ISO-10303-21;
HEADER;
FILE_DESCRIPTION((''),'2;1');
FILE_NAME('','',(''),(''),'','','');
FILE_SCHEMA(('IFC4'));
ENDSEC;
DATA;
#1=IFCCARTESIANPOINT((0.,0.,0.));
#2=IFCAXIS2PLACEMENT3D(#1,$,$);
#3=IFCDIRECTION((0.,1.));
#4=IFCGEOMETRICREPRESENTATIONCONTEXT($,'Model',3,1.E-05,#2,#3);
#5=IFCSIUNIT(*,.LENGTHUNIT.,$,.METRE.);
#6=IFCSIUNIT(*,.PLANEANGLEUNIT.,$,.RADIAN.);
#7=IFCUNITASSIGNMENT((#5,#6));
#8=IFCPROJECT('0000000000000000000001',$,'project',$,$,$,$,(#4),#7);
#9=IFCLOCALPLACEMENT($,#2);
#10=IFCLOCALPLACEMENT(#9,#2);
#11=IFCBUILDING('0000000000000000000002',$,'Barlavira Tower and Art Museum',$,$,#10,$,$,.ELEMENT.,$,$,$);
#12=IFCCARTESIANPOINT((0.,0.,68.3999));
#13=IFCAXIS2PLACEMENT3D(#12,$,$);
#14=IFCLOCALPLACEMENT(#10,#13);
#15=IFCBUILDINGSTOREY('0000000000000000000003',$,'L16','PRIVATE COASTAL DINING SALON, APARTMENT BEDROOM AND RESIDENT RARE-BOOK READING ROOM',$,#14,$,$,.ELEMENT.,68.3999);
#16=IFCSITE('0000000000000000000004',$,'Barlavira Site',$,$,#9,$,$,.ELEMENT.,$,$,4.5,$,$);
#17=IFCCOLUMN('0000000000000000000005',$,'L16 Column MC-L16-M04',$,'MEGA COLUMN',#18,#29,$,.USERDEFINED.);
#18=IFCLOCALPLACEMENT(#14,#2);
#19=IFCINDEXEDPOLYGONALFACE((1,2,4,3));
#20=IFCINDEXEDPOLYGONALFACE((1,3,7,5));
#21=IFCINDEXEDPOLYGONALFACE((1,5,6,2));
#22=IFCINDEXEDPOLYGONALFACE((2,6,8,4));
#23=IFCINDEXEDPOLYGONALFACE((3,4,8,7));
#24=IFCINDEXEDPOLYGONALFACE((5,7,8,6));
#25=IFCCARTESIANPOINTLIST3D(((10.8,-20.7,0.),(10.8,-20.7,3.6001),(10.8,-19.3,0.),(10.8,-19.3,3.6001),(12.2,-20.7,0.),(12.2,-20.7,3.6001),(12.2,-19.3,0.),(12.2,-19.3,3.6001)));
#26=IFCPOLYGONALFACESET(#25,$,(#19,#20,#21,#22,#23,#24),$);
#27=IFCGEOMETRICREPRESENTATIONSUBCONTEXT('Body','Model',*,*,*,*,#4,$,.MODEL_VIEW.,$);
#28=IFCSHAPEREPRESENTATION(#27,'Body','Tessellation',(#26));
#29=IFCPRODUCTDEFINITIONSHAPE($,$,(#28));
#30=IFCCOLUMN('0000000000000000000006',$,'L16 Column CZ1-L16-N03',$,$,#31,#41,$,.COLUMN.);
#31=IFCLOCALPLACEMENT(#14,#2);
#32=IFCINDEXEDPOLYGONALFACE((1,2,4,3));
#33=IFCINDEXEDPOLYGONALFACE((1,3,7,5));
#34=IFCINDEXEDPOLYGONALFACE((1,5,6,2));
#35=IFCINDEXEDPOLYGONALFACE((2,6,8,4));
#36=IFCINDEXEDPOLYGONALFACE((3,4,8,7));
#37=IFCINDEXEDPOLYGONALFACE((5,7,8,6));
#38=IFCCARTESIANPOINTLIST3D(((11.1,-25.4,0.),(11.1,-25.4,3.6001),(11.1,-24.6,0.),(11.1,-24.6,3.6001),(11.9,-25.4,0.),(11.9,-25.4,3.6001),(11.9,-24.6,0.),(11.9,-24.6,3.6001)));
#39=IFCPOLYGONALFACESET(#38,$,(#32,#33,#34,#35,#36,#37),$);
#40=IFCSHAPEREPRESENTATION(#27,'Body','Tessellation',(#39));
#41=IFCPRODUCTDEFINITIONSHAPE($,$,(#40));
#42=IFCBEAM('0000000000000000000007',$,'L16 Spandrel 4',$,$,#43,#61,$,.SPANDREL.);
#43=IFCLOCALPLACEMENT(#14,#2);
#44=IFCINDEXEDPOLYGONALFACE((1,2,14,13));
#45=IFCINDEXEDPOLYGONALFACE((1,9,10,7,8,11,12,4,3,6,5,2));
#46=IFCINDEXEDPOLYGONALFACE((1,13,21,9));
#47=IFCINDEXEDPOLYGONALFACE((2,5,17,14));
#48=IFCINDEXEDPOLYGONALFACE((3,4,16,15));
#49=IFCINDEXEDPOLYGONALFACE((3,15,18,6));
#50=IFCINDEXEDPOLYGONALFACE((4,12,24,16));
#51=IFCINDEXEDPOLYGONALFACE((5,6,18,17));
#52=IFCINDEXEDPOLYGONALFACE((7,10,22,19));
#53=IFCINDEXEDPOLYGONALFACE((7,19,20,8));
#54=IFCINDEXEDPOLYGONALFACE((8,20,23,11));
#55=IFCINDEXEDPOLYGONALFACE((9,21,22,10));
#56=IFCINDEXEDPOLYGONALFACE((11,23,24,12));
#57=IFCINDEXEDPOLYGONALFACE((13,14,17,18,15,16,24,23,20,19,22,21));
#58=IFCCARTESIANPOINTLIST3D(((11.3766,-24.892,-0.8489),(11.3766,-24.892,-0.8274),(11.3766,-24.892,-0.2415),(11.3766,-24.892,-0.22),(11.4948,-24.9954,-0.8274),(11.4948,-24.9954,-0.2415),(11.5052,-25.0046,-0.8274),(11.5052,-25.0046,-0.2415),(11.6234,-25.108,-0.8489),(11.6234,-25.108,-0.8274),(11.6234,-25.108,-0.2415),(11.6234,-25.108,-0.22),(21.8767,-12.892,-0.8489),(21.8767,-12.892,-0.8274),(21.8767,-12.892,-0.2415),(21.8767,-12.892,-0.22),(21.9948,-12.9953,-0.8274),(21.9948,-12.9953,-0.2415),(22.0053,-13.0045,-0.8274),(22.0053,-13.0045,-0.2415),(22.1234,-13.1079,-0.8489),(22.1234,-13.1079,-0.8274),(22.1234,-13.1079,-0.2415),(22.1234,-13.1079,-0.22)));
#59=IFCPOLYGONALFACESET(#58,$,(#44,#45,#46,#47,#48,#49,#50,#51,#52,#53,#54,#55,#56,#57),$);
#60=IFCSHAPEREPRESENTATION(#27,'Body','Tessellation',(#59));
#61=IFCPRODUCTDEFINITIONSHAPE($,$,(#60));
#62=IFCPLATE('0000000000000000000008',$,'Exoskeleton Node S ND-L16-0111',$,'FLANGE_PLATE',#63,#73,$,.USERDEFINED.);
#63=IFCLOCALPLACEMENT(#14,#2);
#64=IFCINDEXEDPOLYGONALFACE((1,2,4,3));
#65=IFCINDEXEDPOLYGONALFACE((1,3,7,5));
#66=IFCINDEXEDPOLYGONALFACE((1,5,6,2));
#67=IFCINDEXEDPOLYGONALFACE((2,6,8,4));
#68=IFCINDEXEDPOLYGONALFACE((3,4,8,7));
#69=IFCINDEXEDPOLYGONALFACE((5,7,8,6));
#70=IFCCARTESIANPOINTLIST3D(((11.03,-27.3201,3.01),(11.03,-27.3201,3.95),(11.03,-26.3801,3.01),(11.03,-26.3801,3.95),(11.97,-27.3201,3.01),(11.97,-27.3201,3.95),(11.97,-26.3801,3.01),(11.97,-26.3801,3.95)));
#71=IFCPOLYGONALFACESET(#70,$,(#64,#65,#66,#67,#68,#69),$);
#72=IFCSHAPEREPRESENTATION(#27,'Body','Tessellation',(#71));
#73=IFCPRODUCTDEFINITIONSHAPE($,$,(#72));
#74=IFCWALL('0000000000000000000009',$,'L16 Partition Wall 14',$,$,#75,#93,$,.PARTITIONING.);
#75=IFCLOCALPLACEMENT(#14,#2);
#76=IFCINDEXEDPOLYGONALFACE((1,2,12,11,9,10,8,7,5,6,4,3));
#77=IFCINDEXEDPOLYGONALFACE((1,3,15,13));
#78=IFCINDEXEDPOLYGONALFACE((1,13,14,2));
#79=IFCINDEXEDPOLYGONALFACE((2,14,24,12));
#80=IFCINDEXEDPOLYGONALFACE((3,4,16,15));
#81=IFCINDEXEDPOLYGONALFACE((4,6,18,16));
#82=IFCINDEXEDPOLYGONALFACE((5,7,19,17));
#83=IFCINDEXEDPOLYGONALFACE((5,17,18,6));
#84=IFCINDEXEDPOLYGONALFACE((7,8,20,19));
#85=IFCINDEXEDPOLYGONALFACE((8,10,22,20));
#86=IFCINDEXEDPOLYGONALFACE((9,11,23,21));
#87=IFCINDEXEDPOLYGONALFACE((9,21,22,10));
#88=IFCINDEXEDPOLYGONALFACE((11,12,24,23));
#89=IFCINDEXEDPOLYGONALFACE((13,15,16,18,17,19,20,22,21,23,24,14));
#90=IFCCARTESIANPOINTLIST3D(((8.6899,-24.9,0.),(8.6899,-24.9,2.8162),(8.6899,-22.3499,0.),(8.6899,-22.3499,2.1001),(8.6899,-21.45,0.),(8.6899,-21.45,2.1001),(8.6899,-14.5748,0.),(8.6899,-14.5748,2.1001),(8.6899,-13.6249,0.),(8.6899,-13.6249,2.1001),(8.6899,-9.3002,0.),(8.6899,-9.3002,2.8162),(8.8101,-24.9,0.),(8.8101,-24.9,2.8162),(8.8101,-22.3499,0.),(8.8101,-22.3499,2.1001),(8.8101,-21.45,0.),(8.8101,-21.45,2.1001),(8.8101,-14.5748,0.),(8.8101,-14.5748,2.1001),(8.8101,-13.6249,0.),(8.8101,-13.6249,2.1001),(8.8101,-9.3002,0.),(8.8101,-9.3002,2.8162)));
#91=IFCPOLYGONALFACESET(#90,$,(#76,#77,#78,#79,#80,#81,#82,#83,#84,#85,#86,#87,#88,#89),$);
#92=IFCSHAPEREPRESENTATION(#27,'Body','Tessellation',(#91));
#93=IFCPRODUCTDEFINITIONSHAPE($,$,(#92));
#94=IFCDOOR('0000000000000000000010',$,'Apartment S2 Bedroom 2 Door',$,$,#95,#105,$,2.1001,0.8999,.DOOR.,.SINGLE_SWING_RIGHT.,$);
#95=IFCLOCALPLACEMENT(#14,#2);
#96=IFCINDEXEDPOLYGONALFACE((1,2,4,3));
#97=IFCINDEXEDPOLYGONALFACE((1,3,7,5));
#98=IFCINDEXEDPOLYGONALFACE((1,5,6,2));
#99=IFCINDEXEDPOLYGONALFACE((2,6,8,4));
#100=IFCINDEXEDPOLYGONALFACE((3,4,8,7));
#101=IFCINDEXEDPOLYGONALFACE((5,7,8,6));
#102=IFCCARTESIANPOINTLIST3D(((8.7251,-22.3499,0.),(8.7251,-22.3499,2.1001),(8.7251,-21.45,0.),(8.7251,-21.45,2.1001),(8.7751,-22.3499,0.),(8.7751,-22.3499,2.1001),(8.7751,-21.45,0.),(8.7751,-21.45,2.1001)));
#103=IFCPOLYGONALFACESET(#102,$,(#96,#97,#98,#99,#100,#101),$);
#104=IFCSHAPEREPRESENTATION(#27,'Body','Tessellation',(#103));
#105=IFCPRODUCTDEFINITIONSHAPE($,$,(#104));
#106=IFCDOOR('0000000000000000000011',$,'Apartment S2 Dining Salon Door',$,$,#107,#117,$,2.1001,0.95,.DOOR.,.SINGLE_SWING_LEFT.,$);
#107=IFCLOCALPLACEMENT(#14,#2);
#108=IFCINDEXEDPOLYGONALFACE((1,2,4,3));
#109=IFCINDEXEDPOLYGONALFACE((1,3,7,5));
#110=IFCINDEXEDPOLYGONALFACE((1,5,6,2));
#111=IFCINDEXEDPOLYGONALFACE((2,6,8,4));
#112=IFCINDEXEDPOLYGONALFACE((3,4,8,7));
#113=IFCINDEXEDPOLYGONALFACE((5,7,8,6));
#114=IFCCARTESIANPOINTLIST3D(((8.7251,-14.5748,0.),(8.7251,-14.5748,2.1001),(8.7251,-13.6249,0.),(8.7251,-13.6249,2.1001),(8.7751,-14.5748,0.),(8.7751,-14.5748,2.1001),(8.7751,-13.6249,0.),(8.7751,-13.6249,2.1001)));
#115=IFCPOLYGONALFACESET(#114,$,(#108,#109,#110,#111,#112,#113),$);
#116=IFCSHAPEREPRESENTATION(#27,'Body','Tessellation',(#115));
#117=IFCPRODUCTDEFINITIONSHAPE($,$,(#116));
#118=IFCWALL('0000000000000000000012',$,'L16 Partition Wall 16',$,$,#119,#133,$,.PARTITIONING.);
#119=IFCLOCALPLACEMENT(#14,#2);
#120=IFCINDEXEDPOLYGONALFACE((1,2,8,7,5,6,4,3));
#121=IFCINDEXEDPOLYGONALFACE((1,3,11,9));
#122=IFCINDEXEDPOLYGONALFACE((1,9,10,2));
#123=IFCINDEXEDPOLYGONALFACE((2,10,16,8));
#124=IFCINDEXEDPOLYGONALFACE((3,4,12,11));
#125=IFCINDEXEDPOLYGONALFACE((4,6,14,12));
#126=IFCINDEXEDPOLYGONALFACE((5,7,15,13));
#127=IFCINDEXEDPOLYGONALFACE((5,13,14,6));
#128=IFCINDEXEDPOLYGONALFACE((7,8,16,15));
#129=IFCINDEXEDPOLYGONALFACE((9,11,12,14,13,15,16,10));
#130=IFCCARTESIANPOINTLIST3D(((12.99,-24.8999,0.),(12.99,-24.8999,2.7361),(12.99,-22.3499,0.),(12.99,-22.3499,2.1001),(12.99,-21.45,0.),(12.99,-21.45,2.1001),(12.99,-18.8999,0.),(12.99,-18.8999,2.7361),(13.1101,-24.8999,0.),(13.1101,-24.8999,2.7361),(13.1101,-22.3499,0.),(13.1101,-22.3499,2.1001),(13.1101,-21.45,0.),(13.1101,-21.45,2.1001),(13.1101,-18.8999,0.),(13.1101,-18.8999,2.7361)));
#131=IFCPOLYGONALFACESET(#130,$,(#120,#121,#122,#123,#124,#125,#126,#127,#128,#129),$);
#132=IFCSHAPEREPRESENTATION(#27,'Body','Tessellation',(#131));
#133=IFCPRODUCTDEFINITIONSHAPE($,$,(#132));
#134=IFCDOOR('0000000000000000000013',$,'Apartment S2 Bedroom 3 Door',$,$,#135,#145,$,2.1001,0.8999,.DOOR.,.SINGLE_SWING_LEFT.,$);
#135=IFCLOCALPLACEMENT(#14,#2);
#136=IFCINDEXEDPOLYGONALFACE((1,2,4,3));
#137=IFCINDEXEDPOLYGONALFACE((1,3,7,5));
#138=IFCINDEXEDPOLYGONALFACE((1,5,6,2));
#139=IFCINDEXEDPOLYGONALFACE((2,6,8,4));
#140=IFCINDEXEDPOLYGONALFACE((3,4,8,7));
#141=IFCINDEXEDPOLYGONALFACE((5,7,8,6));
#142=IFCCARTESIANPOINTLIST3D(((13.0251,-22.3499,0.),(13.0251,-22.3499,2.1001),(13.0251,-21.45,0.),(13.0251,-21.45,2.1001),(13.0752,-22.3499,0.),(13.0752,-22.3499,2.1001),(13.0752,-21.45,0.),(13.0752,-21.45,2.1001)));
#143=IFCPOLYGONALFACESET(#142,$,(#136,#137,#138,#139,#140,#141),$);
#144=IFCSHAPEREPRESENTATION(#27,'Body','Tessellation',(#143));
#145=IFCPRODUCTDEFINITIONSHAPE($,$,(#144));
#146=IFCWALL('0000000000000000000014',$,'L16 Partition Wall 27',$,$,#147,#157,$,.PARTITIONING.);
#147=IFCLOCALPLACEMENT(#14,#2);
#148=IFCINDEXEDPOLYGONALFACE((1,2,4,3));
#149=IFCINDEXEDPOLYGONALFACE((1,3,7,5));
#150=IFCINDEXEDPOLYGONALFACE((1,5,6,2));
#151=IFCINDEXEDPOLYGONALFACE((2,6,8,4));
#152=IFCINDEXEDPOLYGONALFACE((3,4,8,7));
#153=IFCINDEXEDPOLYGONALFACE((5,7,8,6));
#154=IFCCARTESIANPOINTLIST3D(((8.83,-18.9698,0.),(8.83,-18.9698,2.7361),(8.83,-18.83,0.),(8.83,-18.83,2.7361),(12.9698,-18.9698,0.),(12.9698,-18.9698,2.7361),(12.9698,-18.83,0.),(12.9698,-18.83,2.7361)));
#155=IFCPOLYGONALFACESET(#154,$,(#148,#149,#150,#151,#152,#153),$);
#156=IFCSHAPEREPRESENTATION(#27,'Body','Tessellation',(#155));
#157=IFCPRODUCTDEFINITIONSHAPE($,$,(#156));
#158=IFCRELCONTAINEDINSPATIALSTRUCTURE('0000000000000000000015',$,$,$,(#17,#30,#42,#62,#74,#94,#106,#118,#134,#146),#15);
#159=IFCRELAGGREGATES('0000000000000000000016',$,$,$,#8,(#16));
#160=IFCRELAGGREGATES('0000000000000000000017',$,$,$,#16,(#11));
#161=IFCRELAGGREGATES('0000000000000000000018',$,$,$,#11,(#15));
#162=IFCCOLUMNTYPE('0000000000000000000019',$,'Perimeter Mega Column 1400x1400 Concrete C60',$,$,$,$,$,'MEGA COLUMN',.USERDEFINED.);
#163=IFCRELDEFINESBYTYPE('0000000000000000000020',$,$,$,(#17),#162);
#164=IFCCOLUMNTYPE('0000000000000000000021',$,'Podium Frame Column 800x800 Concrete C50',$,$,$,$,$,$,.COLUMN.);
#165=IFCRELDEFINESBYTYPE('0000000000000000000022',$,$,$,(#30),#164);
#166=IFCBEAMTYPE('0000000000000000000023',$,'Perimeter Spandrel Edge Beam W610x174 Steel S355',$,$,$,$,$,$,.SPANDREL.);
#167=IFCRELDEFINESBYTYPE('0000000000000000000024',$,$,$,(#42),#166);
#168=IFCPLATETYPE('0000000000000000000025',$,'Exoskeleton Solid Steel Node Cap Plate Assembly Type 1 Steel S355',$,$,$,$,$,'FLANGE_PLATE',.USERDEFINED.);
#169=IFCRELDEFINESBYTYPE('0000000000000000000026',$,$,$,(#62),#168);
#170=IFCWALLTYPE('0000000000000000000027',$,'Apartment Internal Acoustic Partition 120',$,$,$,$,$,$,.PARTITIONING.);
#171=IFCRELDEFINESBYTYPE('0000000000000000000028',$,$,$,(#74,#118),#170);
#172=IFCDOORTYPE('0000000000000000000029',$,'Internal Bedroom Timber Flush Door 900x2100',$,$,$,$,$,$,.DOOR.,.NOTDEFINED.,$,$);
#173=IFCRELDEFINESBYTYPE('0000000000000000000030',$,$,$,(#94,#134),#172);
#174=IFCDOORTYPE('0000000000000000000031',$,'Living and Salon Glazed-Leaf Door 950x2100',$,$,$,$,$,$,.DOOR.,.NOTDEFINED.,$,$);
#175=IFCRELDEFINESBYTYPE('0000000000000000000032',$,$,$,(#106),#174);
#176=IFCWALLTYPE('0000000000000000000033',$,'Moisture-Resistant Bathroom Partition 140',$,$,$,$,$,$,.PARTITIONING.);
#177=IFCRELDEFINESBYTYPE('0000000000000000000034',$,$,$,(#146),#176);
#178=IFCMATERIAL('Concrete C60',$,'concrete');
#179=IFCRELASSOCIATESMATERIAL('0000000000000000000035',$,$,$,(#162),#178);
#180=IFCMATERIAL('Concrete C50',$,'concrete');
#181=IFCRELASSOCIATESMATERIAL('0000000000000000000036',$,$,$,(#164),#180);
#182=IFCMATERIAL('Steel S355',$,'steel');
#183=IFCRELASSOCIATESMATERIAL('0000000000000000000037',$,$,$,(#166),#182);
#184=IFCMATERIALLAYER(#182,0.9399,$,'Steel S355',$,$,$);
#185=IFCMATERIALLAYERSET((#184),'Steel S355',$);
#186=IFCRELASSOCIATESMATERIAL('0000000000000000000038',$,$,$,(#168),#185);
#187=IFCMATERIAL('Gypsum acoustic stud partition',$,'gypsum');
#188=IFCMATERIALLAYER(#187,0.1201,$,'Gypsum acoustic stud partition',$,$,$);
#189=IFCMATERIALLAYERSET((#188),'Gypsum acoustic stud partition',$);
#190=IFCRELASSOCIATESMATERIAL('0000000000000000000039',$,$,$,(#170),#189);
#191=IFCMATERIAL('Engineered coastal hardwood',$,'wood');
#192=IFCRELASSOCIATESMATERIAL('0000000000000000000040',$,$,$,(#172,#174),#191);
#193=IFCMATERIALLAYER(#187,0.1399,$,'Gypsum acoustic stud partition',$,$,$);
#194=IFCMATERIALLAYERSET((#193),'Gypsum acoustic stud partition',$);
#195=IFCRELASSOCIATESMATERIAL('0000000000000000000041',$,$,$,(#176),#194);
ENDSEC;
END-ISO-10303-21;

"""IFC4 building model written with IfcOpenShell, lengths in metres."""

from ifc_helpers import new_model, si_unit, direction, frame, frame_2d, origin, origin_2d, place, context, subcontext, project, spatial, rectangle, i_section, extrude, material, layer, layer_set, material_profile, profile_set, type_object, element, fill, save


model = new_model("IFC4")

# Units and contexts
model_context = context("Model", 3, precision=1e-05, world=origin(), true_north=direction((0.0, 1.0)))
body_context = subcontext(model_context, "Body", "Model", "MODEL_VIEW")
ifc_project = project(units=[si_unit("LENGTHUNIT", "METRE"), si_unit("PLANEANGLEUNIT", "RADIAN")], contexts=[model_context])

# Site, building, storey
site_placement = place(None, origin())
site = spatial("IfcSite", under=ifc_project, at=site_placement, Name="Barlavira Site", CompositionType="ELEMENT", RefElevation=4.5)
building_placement = place(site_placement, origin())
building = spatial("IfcBuilding", under=site, at=building_placement, Name="Barlavira Tower and Art Museum", CompositionType="ELEMENT")
storey_placement = place(building_placement, frame((0.0, 0.0, 68.3999)))
storey = spatial("IfcBuildingStorey", under=building, at=storey_placement, Name="L16", Description="PRIVATE COASTAL DINING SALON, APARTMENT BEDROOM AND RESIDENT RARE-BOOK READING ROOM", CompositionType="ELEMENT", Elevation=68.3999)

# Columns
ifc_material_1 = material(Name="Concrete C60", Category="concrete")
ifc_material_profile_1 = material_profile(ifc_material_1, rectangle(XDim=1.3999, YDim=1.3999, at=origin_2d()), Name="RC-MCOL 1400x1400")
ifc_profile_set_1 = profile_set([ifc_material_profile_1], Name="Concrete C60")
column_type_1 = type_object("IfcColumnType", Name="Perimeter Mega Column 1400x1400 Concrete C60", ElementType="MEGA COLUMN", PredefinedType="USERDEFINED", material=ifc_profile_set_1)
column_1_placement = place(storey_placement, frame((11.5, -20.0, 0.0), z_axis=(0.0, 0.0, 1.0), x_axis=(1.0, 0.0, 0.0)))
element("IfcColumn", 1, at=column_1_placement, inside=storey, type_object=column_type_1, Name="L16 Column MC-L16-M04", ObjectType="MEGA COLUMN", PredefinedType="USERDEFINED", context=body_context, shape_type="SweptSolid", body=[
    extrude(rectangle(XDim=1.3999, YDim=1.3999, at=origin_2d()), origin(), (0.0, 0.0, 1.0), 3.6001),
])
ifc_material_2 = material(Name="Concrete C50", Category="concrete")
ifc_material_profile_2 = material_profile(ifc_material_2, rectangle(XDim=0.8, YDim=0.8, at=origin_2d()), Name="RC-COL 800x800")
ifc_profile_set_2 = profile_set([ifc_material_profile_2], Name="Concrete C50")
column_type_2 = type_object("IfcColumnType", Name="Podium Frame Column 800x800 Concrete C50", PredefinedType="COLUMN", material=ifc_profile_set_2)
column_2_placement = place(storey_placement, frame((11.5, -25.0, 0.0), z_axis=(0.0, 0.0, 1.0), x_axis=(1.0, 0.0, 0.0)))
element("IfcColumn", 2, at=column_2_placement, inside=storey, type_object=column_type_2, Name="L16 Column CZ1-L16-N03", PredefinedType="COLUMN", context=body_context, shape_type="SweptSolid", body=[
    extrude(rectangle(XDim=0.8, YDim=0.8, at=origin_2d()), origin(), (0.0, 0.0, 1.0), 3.6001),
])

# Beam
ifc_material_3 = material(Name="Steel S355", Category="steel")
ifc_material_profile_3 = material_profile(ifc_material_3, i_section(OverallWidth=0.3279, OverallDepth=0.6289, WebThickness=0.0139, FlangeThickness=0.0215, at=origin_2d()), Name="W610x174.0")
ifc_profile_set_3 = profile_set([ifc_material_profile_3], Name="Steel S355")
beam_type = type_object("IfcBeamType", Name="Perimeter Spandrel Edge Beam W610x174 Steel S355", PredefinedType="SPANDREL", material=ifc_profile_set_3)
beam_placement = place(storey_placement, frame((11.5, -25.0, -0.5344), z_axis=(0.658505, 0.752577, 0.0), x_axis=(-0.752577, 0.658505, 0.0)))
element("IfcBeam", 3, at=beam_placement, inside=storey, type_object=beam_type, Name="L16 Spandrel 4", PredefinedType="SPANDREL", context=body_context, shape_type="SweptSolid", body=[
    extrude(i_section(OverallWidth=0.3279, OverallDepth=0.6289, WebThickness=0.0139, FlangeThickness=0.0215, at=origin_2d()), origin(), (0.0, 0.0, 1.0), 15.9453),
])

# Plate
ifc_layer_1 = layer(ifc_material_3, 0.9399, Name="Steel S355")
ifc_layer_set_1 = layer_set([ifc_layer_1], Name="Steel S355")
plate_type = type_object("IfcPlateType", Name="Exoskeleton Solid Steel Node Cap Plate Assembly Type 1 Steel S355", ElementType="FLANGE_PLATE", PredefinedType="USERDEFINED", material=ifc_layer_set_1)
plate_placement = place(storey_placement, frame((11.5, -26.8501, 3.01), z_axis=(0.0, 0.0, 1.0), x_axis=(1.0, 0.0, 0.0)))
element("IfcPlate", 4, at=plate_placement, inside=storey, type_object=plate_type, Name="Exoskeleton Node S ND-L16-0111", ObjectType="FLANGE_PLATE", PredefinedType="USERDEFINED", context=body_context, shape_type="SweptSolid", body=[
    extrude(rectangle(XDim=0.9399, YDim=0.9399, at=origin_2d()), origin(), (0.0, 0.0, 1.0), 0.9399),
])

# Wall, openings, doors
ifc_material_4 = material(Name="Gypsum acoustic stud partition", Category="gypsum")
ifc_layer_2 = layer(ifc_material_4, 0.1201, Name="Gypsum acoustic stud partition")
ifc_layer_set_2 = layer_set([ifc_layer_2], Name="Gypsum acoustic stud partition")
wall_type_1 = type_object("IfcWallType", Name="Apartment Internal Acoustic Partition 120", PredefinedType="PARTITIONING", material=ifc_layer_set_2)
wall_1_placement = place(storey_placement, frame((8.75, -24.8999, 0.0), z_axis=(0.0, 0.0, 1.0), x_axis=(0.0, 1.0, 0.0)))
wall_1 = element("IfcWall", 5, at=wall_1_placement, inside=storey, type_object=wall_type_1, Name="L16 Partition Wall 14", PredefinedType="PARTITIONING", context=body_context, shape_type="SweptSolid", body=[
    extrude(rectangle(XDim=15.5999, YDim=0.1201, at=frame_2d((7.7998, 0.0))), origin(), (0.0, 0.0, 1.0), 2.8162),
])
opening_1_placement = place(wall_1_placement, frame((10.325, 0.0, 0.0)))
opening_1 = element("IfcOpeningElement", 6, at=opening_1_placement, cuts=wall_1, PredefinedType="OPENING", context=body_context, shape_type="SweptSolid", body=[
    extrude(rectangle(XDim=0.95, YDim=2.1001, at=frame_2d((0.4751, 1.05))), frame((0.0, 0.0701, 0.0), z_axis=(0.0, -1.0, 0.0), x_axis=(1.0, 0.0, 0.0)), (0.0, 0.0, 1.0), 0.1401),
])
opening_2_placement = place(wall_1_placement, frame((2.55, 0.0, 0.0)))
opening_2 = element("IfcOpeningElement", 7, at=opening_2_placement, cuts=wall_1, PredefinedType="OPENING", context=body_context, shape_type="SweptSolid", body=[
    extrude(rectangle(XDim=0.8999, YDim=2.1001, at=frame_2d((0.45, 1.05))), frame((0.0, 0.0701, 0.0), z_axis=(0.0, -1.0, 0.0), x_axis=(1.0, 0.0, 0.0)), (0.0, 0.0, 1.0), 0.1401),
])
ifc_material_5 = material(Name="Engineered coastal hardwood", Category="wood")
door_type_1 = type_object("IfcDoorType", Name="Internal Bedroom Timber Flush Door 900x2100", OperationType="NOTDEFINED", PredefinedType="DOOR", material=ifc_material_5)
door_1_placement = place(opening_2_placement, origin())
door_1 = element("IfcDoor", 8, at=door_1_placement, inside=storey, type_object=door_type_1, Name="Apartment S2 Bedroom 2 Door", OperationType="SINGLE_SWING_RIGHT", OverallHeight=2.1001, OverallWidth=0.8999, PredefinedType="DOOR", context=body_context, shape_type="SweptSolid", body=[
    extrude(rectangle(XDim=0.8999, YDim=2.1001, at=frame_2d((0.45, 1.05))), frame((0.0, 0.0249, 0.0), z_axis=(0.0, -1.0, 0.0), x_axis=(1.0, 0.0, 0.0)), (0.0, 0.0, 1.0), 0.05),
])
fill(opening_2, door_1)
door_type_2 = type_object("IfcDoorType", Name="Living and Salon Glazed-Leaf Door 950x2100", OperationType="NOTDEFINED", PredefinedType="DOOR", material=ifc_material_5)
door_2_placement = place(opening_1_placement, origin())
door_2 = element("IfcDoor", 9, at=door_2_placement, inside=storey, type_object=door_type_2, Name="Apartment S2 Dining Salon Door", OperationType="SINGLE_SWING_LEFT", OverallHeight=2.1001, OverallWidth=0.95, PredefinedType="DOOR", context=body_context, shape_type="SweptSolid", body=[
    extrude(rectangle(XDim=0.95, YDim=2.1001, at=frame_2d((0.4751, 1.05))), frame((0.0, 0.0249, 0.0), z_axis=(0.0, -1.0, 0.0), x_axis=(1.0, 0.0, 0.0)), (0.0, 0.0, 1.0), 0.05),
])
fill(opening_1, door_2)

# Wall, opening, door
wall_2_placement = place(storey_placement, frame((13.05, -24.8999, 0.0), z_axis=(0.0, 0.0, 1.0), x_axis=(0.0, 1.0, 0.0)))
wall_2 = element("IfcWall", 10, at=wall_2_placement, inside=storey, type_object=wall_type_1, Name="L16 Partition Wall 16", PredefinedType="PARTITIONING", context=body_context, shape_type="SweptSolid", body=[
    extrude(rectangle(XDim=6.0, YDim=0.1201, at=frame_2d((3.0, 0.0))), origin(), (0.0, 0.0, 1.0), 2.7361),
])
opening_3_placement = place(wall_2_placement, frame((2.55, 0.0, 0.0)))
opening_3 = element("IfcOpeningElement", 11, at=opening_3_placement, cuts=wall_2, PredefinedType="OPENING", context=body_context, shape_type="SweptSolid", body=[
    extrude(rectangle(XDim=0.8999, YDim=2.1001, at=frame_2d((0.45, 1.05))), frame((0.0, 0.0701, 0.0), z_axis=(0.0, -1.0, 0.0), x_axis=(1.0, 0.0, 0.0)), (0.0, 0.0, 1.0), 0.1401),
])
door_3_placement = place(opening_3_placement, origin())
door_3 = element("IfcDoor", 12, at=door_3_placement, inside=storey, type_object=door_type_1, Name="Apartment S2 Bedroom 3 Door", OperationType="SINGLE_SWING_LEFT", OverallHeight=2.1001, OverallWidth=0.8999, PredefinedType="DOOR", context=body_context, shape_type="SweptSolid", body=[
    extrude(rectangle(XDim=0.8999, YDim=2.1001, at=frame_2d((0.45, 1.05))), frame((0.0, 0.0249, 0.0), z_axis=(0.0, -1.0, 0.0), x_axis=(1.0, 0.0, 0.0)), (0.0, 0.0, 1.0), 0.05),
])
fill(opening_3, door_3)

# Wall
ifc_layer_3 = layer(ifc_material_4, 0.1399, Name="Gypsum acoustic stud partition")
ifc_layer_set_3 = layer_set([ifc_layer_3], Name="Gypsum acoustic stud partition")
wall_type_2 = type_object("IfcWallType", Name="Moisture-Resistant Bathroom Partition 140", PredefinedType="PARTITIONING", material=ifc_layer_set_3)
wall_3_placement = place(storey_placement, frame((8.8301, -18.8999, 0.0), z_axis=(0.0, 0.0, 1.0), x_axis=(1.0, 0.0, 0.0)))
element("IfcWall", 13, at=wall_3_placement, inside=storey, type_object=wall_type_2, Name="L16 Partition Wall 27", PredefinedType="PARTITIONING", context=body_context, shape_type="SweptSolid", body=[
    extrude(rectangle(XDim=4.1399, YDim=0.1399, at=frame_2d((2.0698, 0.0))), origin(), (0.0, 0.0, 1.0), 2.7361),
])

save(model, "model.ifc")
